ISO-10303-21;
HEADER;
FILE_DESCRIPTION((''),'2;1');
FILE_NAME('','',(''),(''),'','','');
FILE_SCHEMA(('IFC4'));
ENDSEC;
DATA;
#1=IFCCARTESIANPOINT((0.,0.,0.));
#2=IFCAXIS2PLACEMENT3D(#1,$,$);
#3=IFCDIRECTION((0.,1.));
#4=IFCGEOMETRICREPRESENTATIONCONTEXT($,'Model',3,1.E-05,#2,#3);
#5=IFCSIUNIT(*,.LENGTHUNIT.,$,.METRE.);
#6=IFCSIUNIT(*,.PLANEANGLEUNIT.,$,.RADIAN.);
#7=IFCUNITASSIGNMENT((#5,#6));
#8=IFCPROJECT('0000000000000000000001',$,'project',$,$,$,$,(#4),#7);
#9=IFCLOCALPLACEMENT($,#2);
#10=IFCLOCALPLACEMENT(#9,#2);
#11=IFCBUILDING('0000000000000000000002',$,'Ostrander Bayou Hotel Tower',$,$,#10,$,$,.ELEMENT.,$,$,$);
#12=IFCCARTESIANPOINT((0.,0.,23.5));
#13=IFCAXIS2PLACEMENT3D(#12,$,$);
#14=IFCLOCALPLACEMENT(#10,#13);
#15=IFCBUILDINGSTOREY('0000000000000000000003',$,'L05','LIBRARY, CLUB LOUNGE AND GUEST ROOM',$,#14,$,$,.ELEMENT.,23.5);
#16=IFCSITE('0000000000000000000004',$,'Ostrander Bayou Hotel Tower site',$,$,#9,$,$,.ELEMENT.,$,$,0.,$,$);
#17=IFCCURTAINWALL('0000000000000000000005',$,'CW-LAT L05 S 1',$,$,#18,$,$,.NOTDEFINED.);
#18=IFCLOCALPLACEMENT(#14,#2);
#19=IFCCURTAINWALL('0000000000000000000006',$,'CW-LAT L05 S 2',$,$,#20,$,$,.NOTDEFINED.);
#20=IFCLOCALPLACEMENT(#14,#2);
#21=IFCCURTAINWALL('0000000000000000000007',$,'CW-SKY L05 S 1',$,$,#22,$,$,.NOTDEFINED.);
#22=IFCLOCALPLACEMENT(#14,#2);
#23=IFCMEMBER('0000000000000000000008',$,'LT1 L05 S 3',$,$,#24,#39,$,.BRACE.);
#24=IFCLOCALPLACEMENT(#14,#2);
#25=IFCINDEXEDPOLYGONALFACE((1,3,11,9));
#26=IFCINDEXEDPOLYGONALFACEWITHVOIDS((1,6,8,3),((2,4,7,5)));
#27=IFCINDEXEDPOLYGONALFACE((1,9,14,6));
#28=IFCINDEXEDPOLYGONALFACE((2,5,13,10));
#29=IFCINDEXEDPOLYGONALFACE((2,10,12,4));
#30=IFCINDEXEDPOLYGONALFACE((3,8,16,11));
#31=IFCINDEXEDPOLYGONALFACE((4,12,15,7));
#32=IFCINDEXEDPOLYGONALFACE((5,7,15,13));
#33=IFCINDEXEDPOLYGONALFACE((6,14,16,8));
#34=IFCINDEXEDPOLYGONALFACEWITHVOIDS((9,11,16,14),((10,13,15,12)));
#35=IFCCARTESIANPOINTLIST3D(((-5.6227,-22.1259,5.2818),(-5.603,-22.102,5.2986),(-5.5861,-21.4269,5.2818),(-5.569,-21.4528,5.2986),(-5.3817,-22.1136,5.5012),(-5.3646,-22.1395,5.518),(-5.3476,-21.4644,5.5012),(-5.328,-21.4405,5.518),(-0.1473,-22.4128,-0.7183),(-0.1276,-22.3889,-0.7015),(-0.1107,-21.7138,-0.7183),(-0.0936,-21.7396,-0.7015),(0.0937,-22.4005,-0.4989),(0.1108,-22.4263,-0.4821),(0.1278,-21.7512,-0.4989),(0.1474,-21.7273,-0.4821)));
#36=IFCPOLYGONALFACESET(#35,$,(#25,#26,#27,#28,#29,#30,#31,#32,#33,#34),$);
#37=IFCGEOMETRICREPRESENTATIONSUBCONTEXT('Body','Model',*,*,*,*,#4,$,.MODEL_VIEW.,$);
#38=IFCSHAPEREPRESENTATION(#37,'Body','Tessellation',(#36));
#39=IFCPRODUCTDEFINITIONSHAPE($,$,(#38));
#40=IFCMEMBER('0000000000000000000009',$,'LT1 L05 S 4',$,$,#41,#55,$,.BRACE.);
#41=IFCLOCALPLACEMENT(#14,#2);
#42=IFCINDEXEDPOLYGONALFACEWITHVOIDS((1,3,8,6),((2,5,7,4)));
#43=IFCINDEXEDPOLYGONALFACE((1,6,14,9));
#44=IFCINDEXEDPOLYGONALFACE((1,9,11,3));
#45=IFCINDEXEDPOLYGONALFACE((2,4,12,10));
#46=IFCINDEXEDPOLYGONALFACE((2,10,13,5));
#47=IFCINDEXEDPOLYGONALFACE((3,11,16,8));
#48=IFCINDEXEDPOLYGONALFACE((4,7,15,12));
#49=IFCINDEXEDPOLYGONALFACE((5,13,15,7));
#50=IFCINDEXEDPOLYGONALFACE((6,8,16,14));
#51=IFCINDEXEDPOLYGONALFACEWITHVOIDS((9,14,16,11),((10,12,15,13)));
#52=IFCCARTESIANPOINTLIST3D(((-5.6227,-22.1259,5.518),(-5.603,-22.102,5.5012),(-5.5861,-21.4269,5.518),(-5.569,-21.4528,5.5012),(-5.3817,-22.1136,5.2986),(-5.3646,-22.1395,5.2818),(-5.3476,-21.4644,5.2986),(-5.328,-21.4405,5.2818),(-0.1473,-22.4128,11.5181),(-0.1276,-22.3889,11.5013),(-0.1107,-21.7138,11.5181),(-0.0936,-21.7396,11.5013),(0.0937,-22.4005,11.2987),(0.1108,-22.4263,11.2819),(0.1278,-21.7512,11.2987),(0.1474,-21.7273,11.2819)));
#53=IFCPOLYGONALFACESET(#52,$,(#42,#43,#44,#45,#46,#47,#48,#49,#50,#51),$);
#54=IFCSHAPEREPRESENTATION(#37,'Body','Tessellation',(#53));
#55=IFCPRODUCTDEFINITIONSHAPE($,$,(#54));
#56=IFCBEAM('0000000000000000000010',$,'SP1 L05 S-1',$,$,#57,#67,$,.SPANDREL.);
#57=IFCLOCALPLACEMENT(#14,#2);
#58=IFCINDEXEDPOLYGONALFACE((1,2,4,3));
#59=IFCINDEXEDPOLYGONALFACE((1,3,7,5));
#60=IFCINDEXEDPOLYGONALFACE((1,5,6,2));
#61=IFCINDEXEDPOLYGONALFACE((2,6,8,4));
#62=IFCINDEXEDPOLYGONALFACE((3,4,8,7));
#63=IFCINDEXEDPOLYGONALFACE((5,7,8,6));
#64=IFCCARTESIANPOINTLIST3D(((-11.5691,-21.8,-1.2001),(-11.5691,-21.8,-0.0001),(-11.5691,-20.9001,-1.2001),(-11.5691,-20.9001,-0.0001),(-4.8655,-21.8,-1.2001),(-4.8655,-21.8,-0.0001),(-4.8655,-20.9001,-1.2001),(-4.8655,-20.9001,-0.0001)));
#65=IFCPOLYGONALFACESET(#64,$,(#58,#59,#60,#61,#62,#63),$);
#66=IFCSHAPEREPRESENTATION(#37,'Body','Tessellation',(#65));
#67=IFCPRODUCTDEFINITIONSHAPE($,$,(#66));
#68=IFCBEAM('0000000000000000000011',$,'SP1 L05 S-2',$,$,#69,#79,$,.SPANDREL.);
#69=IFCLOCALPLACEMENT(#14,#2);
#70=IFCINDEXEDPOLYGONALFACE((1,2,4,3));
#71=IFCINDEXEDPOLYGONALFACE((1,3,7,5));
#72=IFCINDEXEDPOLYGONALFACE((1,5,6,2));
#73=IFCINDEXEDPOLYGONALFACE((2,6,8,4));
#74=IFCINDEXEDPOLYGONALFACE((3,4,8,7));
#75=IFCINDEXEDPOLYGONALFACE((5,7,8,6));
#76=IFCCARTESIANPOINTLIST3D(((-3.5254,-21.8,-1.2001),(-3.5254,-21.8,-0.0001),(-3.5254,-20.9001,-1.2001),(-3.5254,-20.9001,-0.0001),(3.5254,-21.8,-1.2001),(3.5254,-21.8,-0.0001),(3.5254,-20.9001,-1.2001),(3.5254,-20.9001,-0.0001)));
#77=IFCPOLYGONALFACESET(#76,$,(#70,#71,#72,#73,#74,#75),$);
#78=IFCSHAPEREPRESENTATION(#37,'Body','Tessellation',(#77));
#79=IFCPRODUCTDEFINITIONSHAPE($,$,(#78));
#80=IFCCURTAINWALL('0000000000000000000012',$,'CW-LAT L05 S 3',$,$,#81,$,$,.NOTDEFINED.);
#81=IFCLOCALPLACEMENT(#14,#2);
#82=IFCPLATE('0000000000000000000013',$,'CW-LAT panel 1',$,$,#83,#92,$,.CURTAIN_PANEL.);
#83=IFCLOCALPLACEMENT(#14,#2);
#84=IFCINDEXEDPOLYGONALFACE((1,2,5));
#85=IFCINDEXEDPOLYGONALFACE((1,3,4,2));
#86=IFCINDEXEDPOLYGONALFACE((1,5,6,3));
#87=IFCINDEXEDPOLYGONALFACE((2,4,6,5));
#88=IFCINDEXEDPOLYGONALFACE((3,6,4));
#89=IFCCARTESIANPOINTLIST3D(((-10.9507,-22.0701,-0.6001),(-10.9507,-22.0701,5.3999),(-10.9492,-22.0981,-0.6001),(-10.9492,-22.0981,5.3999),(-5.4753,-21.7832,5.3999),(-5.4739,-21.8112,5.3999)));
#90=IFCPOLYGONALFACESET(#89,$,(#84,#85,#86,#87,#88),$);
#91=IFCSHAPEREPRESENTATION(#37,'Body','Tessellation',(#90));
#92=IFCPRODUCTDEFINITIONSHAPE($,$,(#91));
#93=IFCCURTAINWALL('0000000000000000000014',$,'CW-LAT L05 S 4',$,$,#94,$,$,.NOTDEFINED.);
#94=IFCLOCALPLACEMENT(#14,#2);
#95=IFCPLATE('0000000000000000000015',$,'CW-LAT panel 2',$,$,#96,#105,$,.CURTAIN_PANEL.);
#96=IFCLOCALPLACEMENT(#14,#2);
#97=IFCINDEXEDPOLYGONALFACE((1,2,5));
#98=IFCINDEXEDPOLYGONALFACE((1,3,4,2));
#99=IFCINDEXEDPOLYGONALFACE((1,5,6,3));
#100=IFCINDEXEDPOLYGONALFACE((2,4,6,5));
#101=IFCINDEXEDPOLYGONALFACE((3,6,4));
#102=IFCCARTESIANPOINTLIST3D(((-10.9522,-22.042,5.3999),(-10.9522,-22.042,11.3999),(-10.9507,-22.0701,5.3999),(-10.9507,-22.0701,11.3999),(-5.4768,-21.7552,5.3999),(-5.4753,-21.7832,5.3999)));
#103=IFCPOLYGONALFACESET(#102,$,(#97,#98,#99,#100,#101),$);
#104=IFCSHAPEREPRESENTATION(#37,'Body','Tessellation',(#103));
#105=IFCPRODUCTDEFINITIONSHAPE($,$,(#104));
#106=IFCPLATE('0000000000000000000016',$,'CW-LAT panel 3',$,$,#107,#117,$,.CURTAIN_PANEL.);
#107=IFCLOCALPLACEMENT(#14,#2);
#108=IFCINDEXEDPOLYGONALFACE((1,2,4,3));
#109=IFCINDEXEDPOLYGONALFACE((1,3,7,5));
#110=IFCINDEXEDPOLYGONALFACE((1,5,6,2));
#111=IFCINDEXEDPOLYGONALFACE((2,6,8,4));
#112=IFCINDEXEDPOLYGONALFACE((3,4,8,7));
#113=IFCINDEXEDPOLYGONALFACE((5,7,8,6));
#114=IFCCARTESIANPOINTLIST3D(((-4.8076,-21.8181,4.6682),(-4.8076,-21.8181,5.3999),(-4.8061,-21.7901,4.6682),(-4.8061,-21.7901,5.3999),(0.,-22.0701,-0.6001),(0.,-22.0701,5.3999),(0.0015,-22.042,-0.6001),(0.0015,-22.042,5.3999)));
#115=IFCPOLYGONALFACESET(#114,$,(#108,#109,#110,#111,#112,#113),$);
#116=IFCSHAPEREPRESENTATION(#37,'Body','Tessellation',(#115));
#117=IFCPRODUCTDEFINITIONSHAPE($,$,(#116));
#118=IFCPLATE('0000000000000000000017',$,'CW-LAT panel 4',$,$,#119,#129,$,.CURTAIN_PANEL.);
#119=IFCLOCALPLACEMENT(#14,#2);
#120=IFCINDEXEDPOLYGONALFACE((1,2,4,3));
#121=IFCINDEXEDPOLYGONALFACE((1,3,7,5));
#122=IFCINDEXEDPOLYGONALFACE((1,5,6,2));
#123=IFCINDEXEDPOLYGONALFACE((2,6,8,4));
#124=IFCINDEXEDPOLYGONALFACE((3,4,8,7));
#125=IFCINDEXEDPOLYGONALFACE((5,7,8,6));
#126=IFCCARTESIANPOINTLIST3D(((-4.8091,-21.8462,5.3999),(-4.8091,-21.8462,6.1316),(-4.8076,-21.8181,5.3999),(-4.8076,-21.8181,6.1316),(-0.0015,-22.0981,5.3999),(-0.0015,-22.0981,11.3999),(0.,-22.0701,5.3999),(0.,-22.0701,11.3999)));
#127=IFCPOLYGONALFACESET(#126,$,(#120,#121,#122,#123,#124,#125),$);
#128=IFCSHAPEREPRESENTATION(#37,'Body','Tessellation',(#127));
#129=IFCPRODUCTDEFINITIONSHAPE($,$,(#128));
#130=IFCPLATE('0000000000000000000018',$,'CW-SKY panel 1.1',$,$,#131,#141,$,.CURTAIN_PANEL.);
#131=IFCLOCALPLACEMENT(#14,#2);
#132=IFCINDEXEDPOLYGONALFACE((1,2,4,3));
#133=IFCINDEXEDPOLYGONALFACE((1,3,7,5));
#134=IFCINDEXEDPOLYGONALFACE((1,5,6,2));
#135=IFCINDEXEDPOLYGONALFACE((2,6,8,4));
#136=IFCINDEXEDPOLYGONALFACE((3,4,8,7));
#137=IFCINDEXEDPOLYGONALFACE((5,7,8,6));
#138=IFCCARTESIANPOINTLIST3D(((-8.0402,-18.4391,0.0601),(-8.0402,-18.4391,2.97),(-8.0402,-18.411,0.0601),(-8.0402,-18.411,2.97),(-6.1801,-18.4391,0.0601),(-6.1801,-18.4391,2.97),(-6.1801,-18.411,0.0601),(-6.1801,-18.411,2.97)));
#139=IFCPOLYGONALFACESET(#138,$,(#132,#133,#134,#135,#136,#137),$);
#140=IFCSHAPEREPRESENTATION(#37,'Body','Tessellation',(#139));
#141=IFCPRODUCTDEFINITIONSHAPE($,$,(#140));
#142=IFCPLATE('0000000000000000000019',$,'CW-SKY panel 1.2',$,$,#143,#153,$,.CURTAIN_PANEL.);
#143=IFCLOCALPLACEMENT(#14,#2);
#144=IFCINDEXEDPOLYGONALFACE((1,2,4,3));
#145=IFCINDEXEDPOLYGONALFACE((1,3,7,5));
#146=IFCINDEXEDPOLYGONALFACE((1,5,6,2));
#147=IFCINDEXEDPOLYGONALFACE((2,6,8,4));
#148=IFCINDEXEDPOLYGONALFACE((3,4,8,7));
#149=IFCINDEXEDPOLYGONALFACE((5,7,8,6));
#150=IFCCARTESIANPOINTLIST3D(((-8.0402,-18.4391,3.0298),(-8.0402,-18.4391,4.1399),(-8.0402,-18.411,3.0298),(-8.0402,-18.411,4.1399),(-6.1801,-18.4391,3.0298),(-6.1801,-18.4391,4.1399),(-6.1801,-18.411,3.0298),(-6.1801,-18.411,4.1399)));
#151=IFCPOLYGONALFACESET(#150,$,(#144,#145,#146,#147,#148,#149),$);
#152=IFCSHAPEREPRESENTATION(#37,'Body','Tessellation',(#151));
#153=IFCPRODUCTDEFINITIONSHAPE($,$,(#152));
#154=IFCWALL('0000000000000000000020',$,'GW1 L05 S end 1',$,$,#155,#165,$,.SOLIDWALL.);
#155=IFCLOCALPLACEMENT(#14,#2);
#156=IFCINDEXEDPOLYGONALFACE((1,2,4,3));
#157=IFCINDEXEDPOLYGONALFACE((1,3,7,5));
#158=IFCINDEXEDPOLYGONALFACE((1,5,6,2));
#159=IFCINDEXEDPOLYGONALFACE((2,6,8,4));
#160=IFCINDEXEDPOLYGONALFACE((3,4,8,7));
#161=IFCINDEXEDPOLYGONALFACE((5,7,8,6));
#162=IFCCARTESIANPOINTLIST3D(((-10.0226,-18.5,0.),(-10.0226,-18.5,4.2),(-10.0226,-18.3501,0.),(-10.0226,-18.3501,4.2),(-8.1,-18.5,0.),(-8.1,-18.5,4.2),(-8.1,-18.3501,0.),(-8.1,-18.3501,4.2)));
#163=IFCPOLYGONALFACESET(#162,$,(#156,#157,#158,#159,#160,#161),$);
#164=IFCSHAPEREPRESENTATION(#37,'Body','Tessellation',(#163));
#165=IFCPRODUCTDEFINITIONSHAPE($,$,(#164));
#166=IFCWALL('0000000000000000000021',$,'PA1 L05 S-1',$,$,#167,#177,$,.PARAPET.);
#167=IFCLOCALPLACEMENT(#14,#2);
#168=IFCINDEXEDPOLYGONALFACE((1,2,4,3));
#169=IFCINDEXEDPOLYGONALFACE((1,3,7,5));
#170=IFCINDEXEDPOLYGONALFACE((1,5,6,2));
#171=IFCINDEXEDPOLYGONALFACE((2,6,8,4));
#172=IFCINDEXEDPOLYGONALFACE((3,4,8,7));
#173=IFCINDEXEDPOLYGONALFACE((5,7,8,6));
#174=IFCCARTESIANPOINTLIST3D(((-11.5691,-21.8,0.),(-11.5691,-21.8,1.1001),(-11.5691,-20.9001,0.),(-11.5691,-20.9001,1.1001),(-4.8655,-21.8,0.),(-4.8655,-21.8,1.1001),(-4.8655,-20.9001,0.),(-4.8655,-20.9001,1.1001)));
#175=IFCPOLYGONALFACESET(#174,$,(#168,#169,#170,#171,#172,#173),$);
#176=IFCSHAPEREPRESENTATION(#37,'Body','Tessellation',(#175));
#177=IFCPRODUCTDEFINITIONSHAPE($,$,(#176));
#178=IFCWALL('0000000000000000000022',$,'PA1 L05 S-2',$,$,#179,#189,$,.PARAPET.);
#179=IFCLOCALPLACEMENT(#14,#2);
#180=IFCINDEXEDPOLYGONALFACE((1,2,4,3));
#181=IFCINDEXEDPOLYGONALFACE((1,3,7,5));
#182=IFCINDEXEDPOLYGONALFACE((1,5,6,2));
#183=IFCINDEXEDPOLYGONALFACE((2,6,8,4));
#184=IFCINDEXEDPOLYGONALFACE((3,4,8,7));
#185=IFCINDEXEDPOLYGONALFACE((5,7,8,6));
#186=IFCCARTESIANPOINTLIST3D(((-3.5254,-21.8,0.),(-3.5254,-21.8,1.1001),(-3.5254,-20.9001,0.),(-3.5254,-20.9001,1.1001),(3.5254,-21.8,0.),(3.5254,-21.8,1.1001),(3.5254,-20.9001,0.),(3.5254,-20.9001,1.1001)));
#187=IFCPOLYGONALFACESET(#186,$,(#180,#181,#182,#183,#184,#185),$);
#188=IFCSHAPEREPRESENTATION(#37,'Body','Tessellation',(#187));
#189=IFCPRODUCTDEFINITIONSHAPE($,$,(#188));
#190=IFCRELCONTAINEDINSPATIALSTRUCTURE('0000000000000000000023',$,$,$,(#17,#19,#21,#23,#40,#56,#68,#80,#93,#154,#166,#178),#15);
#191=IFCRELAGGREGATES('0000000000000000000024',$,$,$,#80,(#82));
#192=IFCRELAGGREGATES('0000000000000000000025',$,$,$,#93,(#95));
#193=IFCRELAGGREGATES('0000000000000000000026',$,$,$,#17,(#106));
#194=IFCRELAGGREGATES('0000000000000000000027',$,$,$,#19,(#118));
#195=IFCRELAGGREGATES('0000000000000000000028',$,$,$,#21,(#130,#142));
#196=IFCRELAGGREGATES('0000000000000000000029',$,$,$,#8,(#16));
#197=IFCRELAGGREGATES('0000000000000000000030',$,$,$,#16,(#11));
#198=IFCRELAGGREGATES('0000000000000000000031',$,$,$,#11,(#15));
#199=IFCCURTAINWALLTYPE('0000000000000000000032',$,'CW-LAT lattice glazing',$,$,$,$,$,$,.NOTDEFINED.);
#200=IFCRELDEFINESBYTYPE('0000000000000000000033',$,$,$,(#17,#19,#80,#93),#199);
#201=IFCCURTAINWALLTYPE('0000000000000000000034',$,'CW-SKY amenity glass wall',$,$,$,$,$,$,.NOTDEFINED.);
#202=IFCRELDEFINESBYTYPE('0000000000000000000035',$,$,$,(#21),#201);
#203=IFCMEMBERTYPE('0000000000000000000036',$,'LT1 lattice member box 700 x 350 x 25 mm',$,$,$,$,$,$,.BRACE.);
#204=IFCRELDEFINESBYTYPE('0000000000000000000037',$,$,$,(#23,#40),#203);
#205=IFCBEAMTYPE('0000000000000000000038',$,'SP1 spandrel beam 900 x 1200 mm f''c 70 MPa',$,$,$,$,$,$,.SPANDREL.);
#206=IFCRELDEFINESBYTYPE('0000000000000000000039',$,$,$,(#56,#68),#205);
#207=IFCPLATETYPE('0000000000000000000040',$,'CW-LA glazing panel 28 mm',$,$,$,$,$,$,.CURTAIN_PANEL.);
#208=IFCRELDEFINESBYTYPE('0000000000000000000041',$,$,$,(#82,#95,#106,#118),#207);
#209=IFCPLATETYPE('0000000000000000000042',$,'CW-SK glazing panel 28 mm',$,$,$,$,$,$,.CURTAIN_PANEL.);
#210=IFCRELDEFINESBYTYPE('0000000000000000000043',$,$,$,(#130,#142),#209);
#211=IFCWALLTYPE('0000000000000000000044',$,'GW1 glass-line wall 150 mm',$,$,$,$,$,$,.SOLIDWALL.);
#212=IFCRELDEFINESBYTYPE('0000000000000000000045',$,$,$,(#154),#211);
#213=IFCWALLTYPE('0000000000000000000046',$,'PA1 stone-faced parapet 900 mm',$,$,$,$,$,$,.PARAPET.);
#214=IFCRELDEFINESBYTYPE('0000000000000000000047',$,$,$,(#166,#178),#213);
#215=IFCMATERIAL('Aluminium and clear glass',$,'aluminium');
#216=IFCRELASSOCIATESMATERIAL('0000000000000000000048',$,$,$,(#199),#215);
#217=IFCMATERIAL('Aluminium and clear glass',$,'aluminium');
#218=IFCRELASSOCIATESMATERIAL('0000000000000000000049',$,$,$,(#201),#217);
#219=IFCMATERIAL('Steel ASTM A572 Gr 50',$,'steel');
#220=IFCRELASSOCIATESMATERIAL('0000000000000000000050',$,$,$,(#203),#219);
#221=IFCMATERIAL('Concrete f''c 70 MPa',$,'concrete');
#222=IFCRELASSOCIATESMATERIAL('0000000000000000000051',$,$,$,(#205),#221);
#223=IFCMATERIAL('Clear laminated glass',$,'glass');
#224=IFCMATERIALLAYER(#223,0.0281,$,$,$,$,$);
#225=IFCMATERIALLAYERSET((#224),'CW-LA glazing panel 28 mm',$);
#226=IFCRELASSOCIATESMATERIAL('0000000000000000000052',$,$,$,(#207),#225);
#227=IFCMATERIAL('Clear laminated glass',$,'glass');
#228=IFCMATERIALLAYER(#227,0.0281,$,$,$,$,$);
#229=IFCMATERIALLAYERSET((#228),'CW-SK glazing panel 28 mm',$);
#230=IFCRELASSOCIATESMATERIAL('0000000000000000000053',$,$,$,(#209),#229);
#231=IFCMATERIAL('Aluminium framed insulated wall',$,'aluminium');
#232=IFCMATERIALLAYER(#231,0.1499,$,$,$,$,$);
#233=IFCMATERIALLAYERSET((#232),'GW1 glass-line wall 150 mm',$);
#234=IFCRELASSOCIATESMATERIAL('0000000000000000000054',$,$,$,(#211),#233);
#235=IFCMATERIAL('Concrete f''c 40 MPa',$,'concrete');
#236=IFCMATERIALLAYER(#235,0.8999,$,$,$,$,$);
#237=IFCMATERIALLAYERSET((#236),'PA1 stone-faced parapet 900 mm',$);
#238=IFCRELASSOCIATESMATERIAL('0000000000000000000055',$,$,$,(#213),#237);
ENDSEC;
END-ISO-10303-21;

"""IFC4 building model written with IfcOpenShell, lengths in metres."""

from ifc_helpers import new_model, si_unit, direction, frame, frame_2d, origin, origin_2d, place, context, subcontext, project, spatial, polyline, rectangle, hollow_rectangle, outline, extrude, material, layer, layer_set, material_profile, profile_set, type_object, element, aggregate, save


model = new_model("IFC4")

# Units and contexts
model_context = context("Model", 3, precision=1e-05, world=origin(), true_north=direction((0.0, 1.0)))
body_context = subcontext(model_context, "Body", "Model", "MODEL_VIEW")
ifc_project = project(units=[si_unit("LENGTHUNIT", "METRE"), si_unit("PLANEANGLEUNIT", "RADIAN")], contexts=[model_context])

# Site, building, storey
site_placement = place(None, origin())
site = spatial("IfcSite", under=ifc_project, at=site_placement, Name="Ostrander Bayou Hotel Tower site", CompositionType="ELEMENT", RefElevation=0.0)
building_placement = place(site_placement, origin())
building = spatial("IfcBuilding", under=site, at=building_placement, Name="Ostrander Bayou Hotel Tower", CompositionType="ELEMENT")
storey_placement = place(building_placement, frame((0.0, 0.0, 23.5)))
storey = spatial("IfcBuildingStorey", under=building, at=storey_placement, Name="L05", Description="LIBRARY, CLUB LOUNGE AND GUEST ROOM", CompositionType="ELEMENT", Elevation=23.5)

# Curtain wall
ifc_material_1 = material(Name="Aluminium and clear glass", Category="aluminium")
curtain_wall_type_1 = type_object("IfcCurtainWallType", Name="CW-LAT lattice glazing", PredefinedType="NOTDEFINED", material=ifc_material_1)
curtain_wall_1_placement = place(storey_placement, origin())
curtain_wall_1 = element("IfcCurtainWall", 1, at=curtain_wall_1_placement, inside=storey, type_object=curtain_wall_type_1, Name="CW-LAT L05 S 1", PredefinedType="NOTDEFINED")

# Curtain walls
curtain_wall_2_placement = place(storey_placement, origin())
curtain_wall_2 = element("IfcCurtainWall", 2, at=curtain_wall_2_placement, inside=storey, type_object=curtain_wall_type_1, Name="CW-LAT L05 S 2", PredefinedType="NOTDEFINED")
ifc_material_2 = material(Name="Aluminium and clear glass", Category="aluminium")
curtain_wall_type_2 = type_object("IfcCurtainWallType", Name="CW-SKY amenity glass wall", PredefinedType="NOTDEFINED", material=ifc_material_2)
curtain_wall_3_placement = place(storey_placement, origin())
curtain_wall_3 = element("IfcCurtainWall", 3, at=curtain_wall_3_placement, inside=storey, type_object=curtain_wall_type_2, Name="CW-SKY L05 S 1", PredefinedType="NOTDEFINED")

# Members
ifc_material_3 = material(Name="Steel ASTM A572 Gr 50", Category="steel")
ifc_material_profile_1 = material_profile(ifc_material_3, hollow_rectangle(XDim=0.7, YDim=0.3501, WallThickness=0.0249, at=origin_2d()))
ifc_profile_set_1 = profile_set([ifc_material_profile_1], Name="Steel ASTM A572 Gr 50")
member_type_1 = type_object("IfcMemberType", Name="LT1 lattice member box 700 x 350 x 25 mm", PredefinedType="BRACE", material=ifc_profile_set_1)
for number, where, z_axis, x_axis, name in (
    (4, (-5.4753, -21.7832, 5.3999), (0.673653, -0.035294, -0.738204), (0.05232, 0.99863, 0.0), "LT1 L05 S 3"),
    (5, (-5.4753, -21.7832, 5.3999), (0.673653, -0.035294, 0.738204), (0.05232, 0.99863, 0.0), "LT1 L05 S 4"),
):
    element("IfcMember", number, at=place(storey_placement, frame(where, z_axis=z_axis, x_axis=x_axis)), inside=storey, type_object=member_type_1, Name=name, PredefinedType="BRACE", context=body_context, shape_type="SweptSolid", body=[
        extrude(hollow_rectangle(XDim=0.7, YDim=0.3501, WallThickness=0.0249, at=origin_2d()), origin(), (0.0, 0.0, 1.0), 8.1279),
    ])

# Beams
ifc_material_4 = material(Name="Concrete f'c 70 MPa", Category="concrete")
ifc_material_profile_2 = material_profile(ifc_material_4, rectangle(XDim=0.8999, YDim=1.2, at=origin_2d()))
ifc_profile_set_2 = profile_set([ifc_material_profile_2], Name="Concrete f'c 70 MPa")
beam_type_1 = type_object("IfcBeamType", Name="SP1 spandrel beam 900 x 1200 mm f'c 70 MPa", PredefinedType="SPANDREL", material=ifc_profile_set_2)
beam_1_placement = place(storey_placement, frame((-11.5691, -21.3501, -0.6001), z_axis=(1.0, 0.0, 0.0), x_axis=(0.0, 1.0, 0.0)))
element("IfcBeam", 6, at=beam_1_placement, inside=storey, type_object=beam_type_1, Name="SP1 L05 S-1", PredefinedType="SPANDREL", context=body_context, shape_type="SweptSolid", body=[
    extrude(rectangle(XDim=0.8999, YDim=1.2, at=origin_2d()), origin(), (0.0, 0.0, 1.0), 6.7036),
])
beam_2_placement = place(storey_placement, frame((-3.5254, -21.3501, -0.6001), z_axis=(1.0, 0.0, 0.0), x_axis=(0.0, 1.0, 0.0)))
element("IfcBeam", 7, at=beam_2_placement, inside=storey, type_object=beam_type_1, Name="SP1 L05 S-2", PredefinedType="SPANDREL", context=body_context, shape_type="SweptSolid", body=[
    extrude(rectangle(XDim=0.8999, YDim=1.2, at=origin_2d()), origin(), (0.0, 0.0, 1.0), 7.0508),
])

# Curtain walls, plates
curtain_wall_4_placement = place(storey_placement, origin())
curtain_wall_4 = element("IfcCurtainWall", 8, at=curtain_wall_4_placement, inside=storey, type_object=curtain_wall_type_1, Name="CW-LAT L05 S 3", PredefinedType="NOTDEFINED")
ifc_material_5 = material(Name="Clear laminated glass", Category="glass")
ifc_layer_1 = layer(ifc_material_5, 0.0281)
ifc_layer_set_1 = layer_set([ifc_layer_1], Name="CW-LA glazing panel 28 mm")
plate_type_1 = type_object("IfcPlateType", Name="CW-LA glazing panel 28 mm", PredefinedType="CURTAIN_PANEL", material=ifc_layer_set_1)
plate_1_placement = place(storey_placement, frame((-5.4753, -21.7832, 5.3999), z_axis=(-0.05232, 0.99863, 0.0), x_axis=(-0.673653, -0.035294, -0.738204)))
plate_1 = element("IfcPlate", 9, at=plate_1_placement, type_object=plate_type_1, Name="CW-LAT panel 1", PredefinedType="CURTAIN_PANEL", context=body_context, shape_type="SweptSolid", body=[
    extrude(outline(polyline([(0.0, 0.0), (8.1278, 0.0), (3.6986, 4.0475), (0.0, 0.0)])), origin(), (0.0, 0.0, -1.0), 0.0281),
])
aggregate(curtain_wall_4, [plate_1])
curtain_wall_5_placement = place(storey_placement, origin())
curtain_wall_5 = element("IfcCurtainWall", 10, at=curtain_wall_5_placement, inside=storey, type_object=curtain_wall_type_1, Name="CW-LAT L05 S 4", PredefinedType="NOTDEFINED")
plate_2_placement = place(storey_placement, frame((-5.4753, -21.7832, 5.3999), z_axis=(0.05232, -0.99863, 0.0), x_axis=(-0.673653, -0.035294, 0.738204)))
plate_2 = element("IfcPlate", 11, at=plate_2_placement, type_object=plate_type_1, Name="CW-LAT panel 2", PredefinedType="CURTAIN_PANEL", context=body_context, shape_type="SweptSolid", body=[
    extrude(outline(polyline([(0.0, 0.0), (8.1278, 0.0), (3.6986, 4.0475), (0.0, 0.0)])), origin(), (0.0, 0.0, -1.0), 0.0281),
])
aggregate(curtain_wall_5, [plate_2])

# Plates
plate_3_placement = place(storey_placement, frame((-4.8076, -21.8181, 4.6682), z_axis=(-0.052335, -0.99863, 0.0), x_axis=(0.673652, -0.035304, -0.738205)))
plate_3 = element("IfcPlate", 12, at=plate_3_placement, type_object=plate_type_1, Name="CW-LAT panel 3", PredefinedType="CURTAIN_PANEL", context=body_context, shape_type="SweptSolid", body=[
    extrude(outline(polyline([(0.0, 0.0), (7.1366, 0.0), (2.7074, 4.0475), (-0.5401, 0.4936), (0.0, 0.0)])), origin(), (0.0, 0.0, -1.0), 0.0281),
])
aggregate(curtain_wall_1, [plate_3])
plate_4_placement = place(storey_placement, frame((-4.8076, -21.8181, 6.1316), z_axis=(0.052335, 0.99863, 0.0), x_axis=(0.673652, -0.035304, 0.738205)))
plate_4 = element("IfcPlate", 13, at=plate_4_placement, type_object=plate_type_1, Name="CW-LAT panel 4", PredefinedType="CURTAIN_PANEL", context=body_context, shape_type="SweptSolid", body=[
    extrude(outline(polyline([(0.0, 0.0), (7.1366, 0.0), (2.7074, 4.0475), (-0.5401, 0.4936), (0.0, 0.0)])), origin(), (0.0, 0.0, -1.0), 0.0281),
])
aggregate(curtain_wall_2, [plate_4])
ifc_material_6 = material(Name="Clear laminated glass", Category="glass")
ifc_layer_2 = layer(ifc_material_6, 0.0281)
ifc_layer_set_2 = layer_set([ifc_layer_2], Name="CW-SK glazing panel 28 mm")
plate_type_2 = type_object("IfcPlateType", Name="CW-SK glazing panel 28 mm", PredefinedType="CURTAIN_PANEL", material=ifc_layer_set_2)
plate_5_placement = place(storey_placement, frame((-7.1101, -18.425, 0.0601), z_axis=(0.0, 0.0, 1.0), x_axis=(1.0, 0.0, 0.0)))
plate_5 = element("IfcPlate", 14, at=plate_5_placement, type_object=plate_type_2, Name="CW-SKY panel 1.1", PredefinedType="CURTAIN_PANEL", context=body_context, shape_type="SweptSolid", body=[
    extrude(rectangle(XDim=1.8601, YDim=0.0281, at=origin_2d()), origin(), (0.0, 0.0, 1.0), 2.9099),
])
plate_6_placement = place(storey_placement, frame((-7.1101, -18.425, 3.0298), z_axis=(0.0, 0.0, 1.0), x_axis=(1.0, 0.0, 0.0)))
plate_6 = element("IfcPlate", 15, at=plate_6_placement, type_object=plate_type_2, Name="CW-SKY panel 1.2", PredefinedType="CURTAIN_PANEL", context=body_context, shape_type="SweptSolid", body=[
    extrude(rectangle(XDim=1.8601, YDim=0.0281, at=origin_2d()), origin(), (0.0, 0.0, 1.0), 1.1101),
])
aggregate(curtain_wall_3, [plate_5, plate_6])

# Walls
ifc_material_7 = material(Name="Aluminium framed insulated wall", Category="aluminium")
ifc_layer_3 = layer(ifc_material_7, 0.1499)
ifc_layer_set_3 = layer_set([ifc_layer_3], Name="GW1 glass-line wall 150 mm")
wall_type_1 = type_object("IfcWallType", Name="GW1 glass-line wall 150 mm", PredefinedType="SOLIDWALL", material=ifc_layer_set_3)
wall_1_placement = place(storey_placement, frame((-10.0227, -18.425, 0.0), z_axis=(0.0, 0.0, 1.0), x_axis=(1.0, 0.0, 0.0)))
element("IfcWall", 16, at=wall_1_placement, inside=storey, type_object=wall_type_1, Name="GW1 L05 S end 1", PredefinedType="SOLIDWALL", context=body_context, shape_type="SweptSolid", body=[
    extrude(rectangle(XDim=1.9226, YDim=0.1499, at=frame_2d((0.9614, 0.0))), origin(), (0.0, 0.0, 1.0), 4.2),
])
ifc_material_8 = material(Name="Concrete f'c 40 MPa", Category="concrete")
ifc_layer_4 = layer(ifc_material_8, 0.8999)
ifc_layer_set_4 = layer_set([ifc_layer_4], Name="PA1 stone-faced parapet 900 mm")
wall_type_2 = type_object("IfcWallType", Name="PA1 stone-faced parapet 900 mm", PredefinedType="PARAPET", material=ifc_layer_set_4)
wall_2_placement = place(storey_placement, frame((-11.5691, -21.3501, 0.0), z_axis=(0.0, 0.0, 1.0), x_axis=(1.0, 0.0, 0.0)))
element("IfcWall", 17, at=wall_2_placement, inside=storey, type_object=wall_type_2, Name="PA1 L05 S-1", PredefinedType="PARAPET", context=body_context, shape_type="SweptSolid", body=[
    extrude(rectangle(XDim=6.7036, YDim=0.8999, at=frame_2d((3.3518, 0.0))), origin(), (0.0, 0.0, 1.0), 1.1001),
])
wall_3_placement = place(storey_placement, frame((-3.5254, -21.3501, 0.0), z_axis=(0.0, 0.0, 1.0), x_axis=(1.0, 0.0, 0.0)))
element("IfcWall", 18, at=wall_3_placement, inside=storey, type_object=wall_type_2, Name="PA1 L05 S-2", PredefinedType="PARAPET", context=body_context, shape_type="SweptSolid", body=[
    extrude(rectangle(XDim=7.0508, YDim=0.8999, at=frame_2d((3.5254, 0.0))), origin(), (0.0, 0.0, 1.0), 1.1001),
])

save(model, "model.ifc")
